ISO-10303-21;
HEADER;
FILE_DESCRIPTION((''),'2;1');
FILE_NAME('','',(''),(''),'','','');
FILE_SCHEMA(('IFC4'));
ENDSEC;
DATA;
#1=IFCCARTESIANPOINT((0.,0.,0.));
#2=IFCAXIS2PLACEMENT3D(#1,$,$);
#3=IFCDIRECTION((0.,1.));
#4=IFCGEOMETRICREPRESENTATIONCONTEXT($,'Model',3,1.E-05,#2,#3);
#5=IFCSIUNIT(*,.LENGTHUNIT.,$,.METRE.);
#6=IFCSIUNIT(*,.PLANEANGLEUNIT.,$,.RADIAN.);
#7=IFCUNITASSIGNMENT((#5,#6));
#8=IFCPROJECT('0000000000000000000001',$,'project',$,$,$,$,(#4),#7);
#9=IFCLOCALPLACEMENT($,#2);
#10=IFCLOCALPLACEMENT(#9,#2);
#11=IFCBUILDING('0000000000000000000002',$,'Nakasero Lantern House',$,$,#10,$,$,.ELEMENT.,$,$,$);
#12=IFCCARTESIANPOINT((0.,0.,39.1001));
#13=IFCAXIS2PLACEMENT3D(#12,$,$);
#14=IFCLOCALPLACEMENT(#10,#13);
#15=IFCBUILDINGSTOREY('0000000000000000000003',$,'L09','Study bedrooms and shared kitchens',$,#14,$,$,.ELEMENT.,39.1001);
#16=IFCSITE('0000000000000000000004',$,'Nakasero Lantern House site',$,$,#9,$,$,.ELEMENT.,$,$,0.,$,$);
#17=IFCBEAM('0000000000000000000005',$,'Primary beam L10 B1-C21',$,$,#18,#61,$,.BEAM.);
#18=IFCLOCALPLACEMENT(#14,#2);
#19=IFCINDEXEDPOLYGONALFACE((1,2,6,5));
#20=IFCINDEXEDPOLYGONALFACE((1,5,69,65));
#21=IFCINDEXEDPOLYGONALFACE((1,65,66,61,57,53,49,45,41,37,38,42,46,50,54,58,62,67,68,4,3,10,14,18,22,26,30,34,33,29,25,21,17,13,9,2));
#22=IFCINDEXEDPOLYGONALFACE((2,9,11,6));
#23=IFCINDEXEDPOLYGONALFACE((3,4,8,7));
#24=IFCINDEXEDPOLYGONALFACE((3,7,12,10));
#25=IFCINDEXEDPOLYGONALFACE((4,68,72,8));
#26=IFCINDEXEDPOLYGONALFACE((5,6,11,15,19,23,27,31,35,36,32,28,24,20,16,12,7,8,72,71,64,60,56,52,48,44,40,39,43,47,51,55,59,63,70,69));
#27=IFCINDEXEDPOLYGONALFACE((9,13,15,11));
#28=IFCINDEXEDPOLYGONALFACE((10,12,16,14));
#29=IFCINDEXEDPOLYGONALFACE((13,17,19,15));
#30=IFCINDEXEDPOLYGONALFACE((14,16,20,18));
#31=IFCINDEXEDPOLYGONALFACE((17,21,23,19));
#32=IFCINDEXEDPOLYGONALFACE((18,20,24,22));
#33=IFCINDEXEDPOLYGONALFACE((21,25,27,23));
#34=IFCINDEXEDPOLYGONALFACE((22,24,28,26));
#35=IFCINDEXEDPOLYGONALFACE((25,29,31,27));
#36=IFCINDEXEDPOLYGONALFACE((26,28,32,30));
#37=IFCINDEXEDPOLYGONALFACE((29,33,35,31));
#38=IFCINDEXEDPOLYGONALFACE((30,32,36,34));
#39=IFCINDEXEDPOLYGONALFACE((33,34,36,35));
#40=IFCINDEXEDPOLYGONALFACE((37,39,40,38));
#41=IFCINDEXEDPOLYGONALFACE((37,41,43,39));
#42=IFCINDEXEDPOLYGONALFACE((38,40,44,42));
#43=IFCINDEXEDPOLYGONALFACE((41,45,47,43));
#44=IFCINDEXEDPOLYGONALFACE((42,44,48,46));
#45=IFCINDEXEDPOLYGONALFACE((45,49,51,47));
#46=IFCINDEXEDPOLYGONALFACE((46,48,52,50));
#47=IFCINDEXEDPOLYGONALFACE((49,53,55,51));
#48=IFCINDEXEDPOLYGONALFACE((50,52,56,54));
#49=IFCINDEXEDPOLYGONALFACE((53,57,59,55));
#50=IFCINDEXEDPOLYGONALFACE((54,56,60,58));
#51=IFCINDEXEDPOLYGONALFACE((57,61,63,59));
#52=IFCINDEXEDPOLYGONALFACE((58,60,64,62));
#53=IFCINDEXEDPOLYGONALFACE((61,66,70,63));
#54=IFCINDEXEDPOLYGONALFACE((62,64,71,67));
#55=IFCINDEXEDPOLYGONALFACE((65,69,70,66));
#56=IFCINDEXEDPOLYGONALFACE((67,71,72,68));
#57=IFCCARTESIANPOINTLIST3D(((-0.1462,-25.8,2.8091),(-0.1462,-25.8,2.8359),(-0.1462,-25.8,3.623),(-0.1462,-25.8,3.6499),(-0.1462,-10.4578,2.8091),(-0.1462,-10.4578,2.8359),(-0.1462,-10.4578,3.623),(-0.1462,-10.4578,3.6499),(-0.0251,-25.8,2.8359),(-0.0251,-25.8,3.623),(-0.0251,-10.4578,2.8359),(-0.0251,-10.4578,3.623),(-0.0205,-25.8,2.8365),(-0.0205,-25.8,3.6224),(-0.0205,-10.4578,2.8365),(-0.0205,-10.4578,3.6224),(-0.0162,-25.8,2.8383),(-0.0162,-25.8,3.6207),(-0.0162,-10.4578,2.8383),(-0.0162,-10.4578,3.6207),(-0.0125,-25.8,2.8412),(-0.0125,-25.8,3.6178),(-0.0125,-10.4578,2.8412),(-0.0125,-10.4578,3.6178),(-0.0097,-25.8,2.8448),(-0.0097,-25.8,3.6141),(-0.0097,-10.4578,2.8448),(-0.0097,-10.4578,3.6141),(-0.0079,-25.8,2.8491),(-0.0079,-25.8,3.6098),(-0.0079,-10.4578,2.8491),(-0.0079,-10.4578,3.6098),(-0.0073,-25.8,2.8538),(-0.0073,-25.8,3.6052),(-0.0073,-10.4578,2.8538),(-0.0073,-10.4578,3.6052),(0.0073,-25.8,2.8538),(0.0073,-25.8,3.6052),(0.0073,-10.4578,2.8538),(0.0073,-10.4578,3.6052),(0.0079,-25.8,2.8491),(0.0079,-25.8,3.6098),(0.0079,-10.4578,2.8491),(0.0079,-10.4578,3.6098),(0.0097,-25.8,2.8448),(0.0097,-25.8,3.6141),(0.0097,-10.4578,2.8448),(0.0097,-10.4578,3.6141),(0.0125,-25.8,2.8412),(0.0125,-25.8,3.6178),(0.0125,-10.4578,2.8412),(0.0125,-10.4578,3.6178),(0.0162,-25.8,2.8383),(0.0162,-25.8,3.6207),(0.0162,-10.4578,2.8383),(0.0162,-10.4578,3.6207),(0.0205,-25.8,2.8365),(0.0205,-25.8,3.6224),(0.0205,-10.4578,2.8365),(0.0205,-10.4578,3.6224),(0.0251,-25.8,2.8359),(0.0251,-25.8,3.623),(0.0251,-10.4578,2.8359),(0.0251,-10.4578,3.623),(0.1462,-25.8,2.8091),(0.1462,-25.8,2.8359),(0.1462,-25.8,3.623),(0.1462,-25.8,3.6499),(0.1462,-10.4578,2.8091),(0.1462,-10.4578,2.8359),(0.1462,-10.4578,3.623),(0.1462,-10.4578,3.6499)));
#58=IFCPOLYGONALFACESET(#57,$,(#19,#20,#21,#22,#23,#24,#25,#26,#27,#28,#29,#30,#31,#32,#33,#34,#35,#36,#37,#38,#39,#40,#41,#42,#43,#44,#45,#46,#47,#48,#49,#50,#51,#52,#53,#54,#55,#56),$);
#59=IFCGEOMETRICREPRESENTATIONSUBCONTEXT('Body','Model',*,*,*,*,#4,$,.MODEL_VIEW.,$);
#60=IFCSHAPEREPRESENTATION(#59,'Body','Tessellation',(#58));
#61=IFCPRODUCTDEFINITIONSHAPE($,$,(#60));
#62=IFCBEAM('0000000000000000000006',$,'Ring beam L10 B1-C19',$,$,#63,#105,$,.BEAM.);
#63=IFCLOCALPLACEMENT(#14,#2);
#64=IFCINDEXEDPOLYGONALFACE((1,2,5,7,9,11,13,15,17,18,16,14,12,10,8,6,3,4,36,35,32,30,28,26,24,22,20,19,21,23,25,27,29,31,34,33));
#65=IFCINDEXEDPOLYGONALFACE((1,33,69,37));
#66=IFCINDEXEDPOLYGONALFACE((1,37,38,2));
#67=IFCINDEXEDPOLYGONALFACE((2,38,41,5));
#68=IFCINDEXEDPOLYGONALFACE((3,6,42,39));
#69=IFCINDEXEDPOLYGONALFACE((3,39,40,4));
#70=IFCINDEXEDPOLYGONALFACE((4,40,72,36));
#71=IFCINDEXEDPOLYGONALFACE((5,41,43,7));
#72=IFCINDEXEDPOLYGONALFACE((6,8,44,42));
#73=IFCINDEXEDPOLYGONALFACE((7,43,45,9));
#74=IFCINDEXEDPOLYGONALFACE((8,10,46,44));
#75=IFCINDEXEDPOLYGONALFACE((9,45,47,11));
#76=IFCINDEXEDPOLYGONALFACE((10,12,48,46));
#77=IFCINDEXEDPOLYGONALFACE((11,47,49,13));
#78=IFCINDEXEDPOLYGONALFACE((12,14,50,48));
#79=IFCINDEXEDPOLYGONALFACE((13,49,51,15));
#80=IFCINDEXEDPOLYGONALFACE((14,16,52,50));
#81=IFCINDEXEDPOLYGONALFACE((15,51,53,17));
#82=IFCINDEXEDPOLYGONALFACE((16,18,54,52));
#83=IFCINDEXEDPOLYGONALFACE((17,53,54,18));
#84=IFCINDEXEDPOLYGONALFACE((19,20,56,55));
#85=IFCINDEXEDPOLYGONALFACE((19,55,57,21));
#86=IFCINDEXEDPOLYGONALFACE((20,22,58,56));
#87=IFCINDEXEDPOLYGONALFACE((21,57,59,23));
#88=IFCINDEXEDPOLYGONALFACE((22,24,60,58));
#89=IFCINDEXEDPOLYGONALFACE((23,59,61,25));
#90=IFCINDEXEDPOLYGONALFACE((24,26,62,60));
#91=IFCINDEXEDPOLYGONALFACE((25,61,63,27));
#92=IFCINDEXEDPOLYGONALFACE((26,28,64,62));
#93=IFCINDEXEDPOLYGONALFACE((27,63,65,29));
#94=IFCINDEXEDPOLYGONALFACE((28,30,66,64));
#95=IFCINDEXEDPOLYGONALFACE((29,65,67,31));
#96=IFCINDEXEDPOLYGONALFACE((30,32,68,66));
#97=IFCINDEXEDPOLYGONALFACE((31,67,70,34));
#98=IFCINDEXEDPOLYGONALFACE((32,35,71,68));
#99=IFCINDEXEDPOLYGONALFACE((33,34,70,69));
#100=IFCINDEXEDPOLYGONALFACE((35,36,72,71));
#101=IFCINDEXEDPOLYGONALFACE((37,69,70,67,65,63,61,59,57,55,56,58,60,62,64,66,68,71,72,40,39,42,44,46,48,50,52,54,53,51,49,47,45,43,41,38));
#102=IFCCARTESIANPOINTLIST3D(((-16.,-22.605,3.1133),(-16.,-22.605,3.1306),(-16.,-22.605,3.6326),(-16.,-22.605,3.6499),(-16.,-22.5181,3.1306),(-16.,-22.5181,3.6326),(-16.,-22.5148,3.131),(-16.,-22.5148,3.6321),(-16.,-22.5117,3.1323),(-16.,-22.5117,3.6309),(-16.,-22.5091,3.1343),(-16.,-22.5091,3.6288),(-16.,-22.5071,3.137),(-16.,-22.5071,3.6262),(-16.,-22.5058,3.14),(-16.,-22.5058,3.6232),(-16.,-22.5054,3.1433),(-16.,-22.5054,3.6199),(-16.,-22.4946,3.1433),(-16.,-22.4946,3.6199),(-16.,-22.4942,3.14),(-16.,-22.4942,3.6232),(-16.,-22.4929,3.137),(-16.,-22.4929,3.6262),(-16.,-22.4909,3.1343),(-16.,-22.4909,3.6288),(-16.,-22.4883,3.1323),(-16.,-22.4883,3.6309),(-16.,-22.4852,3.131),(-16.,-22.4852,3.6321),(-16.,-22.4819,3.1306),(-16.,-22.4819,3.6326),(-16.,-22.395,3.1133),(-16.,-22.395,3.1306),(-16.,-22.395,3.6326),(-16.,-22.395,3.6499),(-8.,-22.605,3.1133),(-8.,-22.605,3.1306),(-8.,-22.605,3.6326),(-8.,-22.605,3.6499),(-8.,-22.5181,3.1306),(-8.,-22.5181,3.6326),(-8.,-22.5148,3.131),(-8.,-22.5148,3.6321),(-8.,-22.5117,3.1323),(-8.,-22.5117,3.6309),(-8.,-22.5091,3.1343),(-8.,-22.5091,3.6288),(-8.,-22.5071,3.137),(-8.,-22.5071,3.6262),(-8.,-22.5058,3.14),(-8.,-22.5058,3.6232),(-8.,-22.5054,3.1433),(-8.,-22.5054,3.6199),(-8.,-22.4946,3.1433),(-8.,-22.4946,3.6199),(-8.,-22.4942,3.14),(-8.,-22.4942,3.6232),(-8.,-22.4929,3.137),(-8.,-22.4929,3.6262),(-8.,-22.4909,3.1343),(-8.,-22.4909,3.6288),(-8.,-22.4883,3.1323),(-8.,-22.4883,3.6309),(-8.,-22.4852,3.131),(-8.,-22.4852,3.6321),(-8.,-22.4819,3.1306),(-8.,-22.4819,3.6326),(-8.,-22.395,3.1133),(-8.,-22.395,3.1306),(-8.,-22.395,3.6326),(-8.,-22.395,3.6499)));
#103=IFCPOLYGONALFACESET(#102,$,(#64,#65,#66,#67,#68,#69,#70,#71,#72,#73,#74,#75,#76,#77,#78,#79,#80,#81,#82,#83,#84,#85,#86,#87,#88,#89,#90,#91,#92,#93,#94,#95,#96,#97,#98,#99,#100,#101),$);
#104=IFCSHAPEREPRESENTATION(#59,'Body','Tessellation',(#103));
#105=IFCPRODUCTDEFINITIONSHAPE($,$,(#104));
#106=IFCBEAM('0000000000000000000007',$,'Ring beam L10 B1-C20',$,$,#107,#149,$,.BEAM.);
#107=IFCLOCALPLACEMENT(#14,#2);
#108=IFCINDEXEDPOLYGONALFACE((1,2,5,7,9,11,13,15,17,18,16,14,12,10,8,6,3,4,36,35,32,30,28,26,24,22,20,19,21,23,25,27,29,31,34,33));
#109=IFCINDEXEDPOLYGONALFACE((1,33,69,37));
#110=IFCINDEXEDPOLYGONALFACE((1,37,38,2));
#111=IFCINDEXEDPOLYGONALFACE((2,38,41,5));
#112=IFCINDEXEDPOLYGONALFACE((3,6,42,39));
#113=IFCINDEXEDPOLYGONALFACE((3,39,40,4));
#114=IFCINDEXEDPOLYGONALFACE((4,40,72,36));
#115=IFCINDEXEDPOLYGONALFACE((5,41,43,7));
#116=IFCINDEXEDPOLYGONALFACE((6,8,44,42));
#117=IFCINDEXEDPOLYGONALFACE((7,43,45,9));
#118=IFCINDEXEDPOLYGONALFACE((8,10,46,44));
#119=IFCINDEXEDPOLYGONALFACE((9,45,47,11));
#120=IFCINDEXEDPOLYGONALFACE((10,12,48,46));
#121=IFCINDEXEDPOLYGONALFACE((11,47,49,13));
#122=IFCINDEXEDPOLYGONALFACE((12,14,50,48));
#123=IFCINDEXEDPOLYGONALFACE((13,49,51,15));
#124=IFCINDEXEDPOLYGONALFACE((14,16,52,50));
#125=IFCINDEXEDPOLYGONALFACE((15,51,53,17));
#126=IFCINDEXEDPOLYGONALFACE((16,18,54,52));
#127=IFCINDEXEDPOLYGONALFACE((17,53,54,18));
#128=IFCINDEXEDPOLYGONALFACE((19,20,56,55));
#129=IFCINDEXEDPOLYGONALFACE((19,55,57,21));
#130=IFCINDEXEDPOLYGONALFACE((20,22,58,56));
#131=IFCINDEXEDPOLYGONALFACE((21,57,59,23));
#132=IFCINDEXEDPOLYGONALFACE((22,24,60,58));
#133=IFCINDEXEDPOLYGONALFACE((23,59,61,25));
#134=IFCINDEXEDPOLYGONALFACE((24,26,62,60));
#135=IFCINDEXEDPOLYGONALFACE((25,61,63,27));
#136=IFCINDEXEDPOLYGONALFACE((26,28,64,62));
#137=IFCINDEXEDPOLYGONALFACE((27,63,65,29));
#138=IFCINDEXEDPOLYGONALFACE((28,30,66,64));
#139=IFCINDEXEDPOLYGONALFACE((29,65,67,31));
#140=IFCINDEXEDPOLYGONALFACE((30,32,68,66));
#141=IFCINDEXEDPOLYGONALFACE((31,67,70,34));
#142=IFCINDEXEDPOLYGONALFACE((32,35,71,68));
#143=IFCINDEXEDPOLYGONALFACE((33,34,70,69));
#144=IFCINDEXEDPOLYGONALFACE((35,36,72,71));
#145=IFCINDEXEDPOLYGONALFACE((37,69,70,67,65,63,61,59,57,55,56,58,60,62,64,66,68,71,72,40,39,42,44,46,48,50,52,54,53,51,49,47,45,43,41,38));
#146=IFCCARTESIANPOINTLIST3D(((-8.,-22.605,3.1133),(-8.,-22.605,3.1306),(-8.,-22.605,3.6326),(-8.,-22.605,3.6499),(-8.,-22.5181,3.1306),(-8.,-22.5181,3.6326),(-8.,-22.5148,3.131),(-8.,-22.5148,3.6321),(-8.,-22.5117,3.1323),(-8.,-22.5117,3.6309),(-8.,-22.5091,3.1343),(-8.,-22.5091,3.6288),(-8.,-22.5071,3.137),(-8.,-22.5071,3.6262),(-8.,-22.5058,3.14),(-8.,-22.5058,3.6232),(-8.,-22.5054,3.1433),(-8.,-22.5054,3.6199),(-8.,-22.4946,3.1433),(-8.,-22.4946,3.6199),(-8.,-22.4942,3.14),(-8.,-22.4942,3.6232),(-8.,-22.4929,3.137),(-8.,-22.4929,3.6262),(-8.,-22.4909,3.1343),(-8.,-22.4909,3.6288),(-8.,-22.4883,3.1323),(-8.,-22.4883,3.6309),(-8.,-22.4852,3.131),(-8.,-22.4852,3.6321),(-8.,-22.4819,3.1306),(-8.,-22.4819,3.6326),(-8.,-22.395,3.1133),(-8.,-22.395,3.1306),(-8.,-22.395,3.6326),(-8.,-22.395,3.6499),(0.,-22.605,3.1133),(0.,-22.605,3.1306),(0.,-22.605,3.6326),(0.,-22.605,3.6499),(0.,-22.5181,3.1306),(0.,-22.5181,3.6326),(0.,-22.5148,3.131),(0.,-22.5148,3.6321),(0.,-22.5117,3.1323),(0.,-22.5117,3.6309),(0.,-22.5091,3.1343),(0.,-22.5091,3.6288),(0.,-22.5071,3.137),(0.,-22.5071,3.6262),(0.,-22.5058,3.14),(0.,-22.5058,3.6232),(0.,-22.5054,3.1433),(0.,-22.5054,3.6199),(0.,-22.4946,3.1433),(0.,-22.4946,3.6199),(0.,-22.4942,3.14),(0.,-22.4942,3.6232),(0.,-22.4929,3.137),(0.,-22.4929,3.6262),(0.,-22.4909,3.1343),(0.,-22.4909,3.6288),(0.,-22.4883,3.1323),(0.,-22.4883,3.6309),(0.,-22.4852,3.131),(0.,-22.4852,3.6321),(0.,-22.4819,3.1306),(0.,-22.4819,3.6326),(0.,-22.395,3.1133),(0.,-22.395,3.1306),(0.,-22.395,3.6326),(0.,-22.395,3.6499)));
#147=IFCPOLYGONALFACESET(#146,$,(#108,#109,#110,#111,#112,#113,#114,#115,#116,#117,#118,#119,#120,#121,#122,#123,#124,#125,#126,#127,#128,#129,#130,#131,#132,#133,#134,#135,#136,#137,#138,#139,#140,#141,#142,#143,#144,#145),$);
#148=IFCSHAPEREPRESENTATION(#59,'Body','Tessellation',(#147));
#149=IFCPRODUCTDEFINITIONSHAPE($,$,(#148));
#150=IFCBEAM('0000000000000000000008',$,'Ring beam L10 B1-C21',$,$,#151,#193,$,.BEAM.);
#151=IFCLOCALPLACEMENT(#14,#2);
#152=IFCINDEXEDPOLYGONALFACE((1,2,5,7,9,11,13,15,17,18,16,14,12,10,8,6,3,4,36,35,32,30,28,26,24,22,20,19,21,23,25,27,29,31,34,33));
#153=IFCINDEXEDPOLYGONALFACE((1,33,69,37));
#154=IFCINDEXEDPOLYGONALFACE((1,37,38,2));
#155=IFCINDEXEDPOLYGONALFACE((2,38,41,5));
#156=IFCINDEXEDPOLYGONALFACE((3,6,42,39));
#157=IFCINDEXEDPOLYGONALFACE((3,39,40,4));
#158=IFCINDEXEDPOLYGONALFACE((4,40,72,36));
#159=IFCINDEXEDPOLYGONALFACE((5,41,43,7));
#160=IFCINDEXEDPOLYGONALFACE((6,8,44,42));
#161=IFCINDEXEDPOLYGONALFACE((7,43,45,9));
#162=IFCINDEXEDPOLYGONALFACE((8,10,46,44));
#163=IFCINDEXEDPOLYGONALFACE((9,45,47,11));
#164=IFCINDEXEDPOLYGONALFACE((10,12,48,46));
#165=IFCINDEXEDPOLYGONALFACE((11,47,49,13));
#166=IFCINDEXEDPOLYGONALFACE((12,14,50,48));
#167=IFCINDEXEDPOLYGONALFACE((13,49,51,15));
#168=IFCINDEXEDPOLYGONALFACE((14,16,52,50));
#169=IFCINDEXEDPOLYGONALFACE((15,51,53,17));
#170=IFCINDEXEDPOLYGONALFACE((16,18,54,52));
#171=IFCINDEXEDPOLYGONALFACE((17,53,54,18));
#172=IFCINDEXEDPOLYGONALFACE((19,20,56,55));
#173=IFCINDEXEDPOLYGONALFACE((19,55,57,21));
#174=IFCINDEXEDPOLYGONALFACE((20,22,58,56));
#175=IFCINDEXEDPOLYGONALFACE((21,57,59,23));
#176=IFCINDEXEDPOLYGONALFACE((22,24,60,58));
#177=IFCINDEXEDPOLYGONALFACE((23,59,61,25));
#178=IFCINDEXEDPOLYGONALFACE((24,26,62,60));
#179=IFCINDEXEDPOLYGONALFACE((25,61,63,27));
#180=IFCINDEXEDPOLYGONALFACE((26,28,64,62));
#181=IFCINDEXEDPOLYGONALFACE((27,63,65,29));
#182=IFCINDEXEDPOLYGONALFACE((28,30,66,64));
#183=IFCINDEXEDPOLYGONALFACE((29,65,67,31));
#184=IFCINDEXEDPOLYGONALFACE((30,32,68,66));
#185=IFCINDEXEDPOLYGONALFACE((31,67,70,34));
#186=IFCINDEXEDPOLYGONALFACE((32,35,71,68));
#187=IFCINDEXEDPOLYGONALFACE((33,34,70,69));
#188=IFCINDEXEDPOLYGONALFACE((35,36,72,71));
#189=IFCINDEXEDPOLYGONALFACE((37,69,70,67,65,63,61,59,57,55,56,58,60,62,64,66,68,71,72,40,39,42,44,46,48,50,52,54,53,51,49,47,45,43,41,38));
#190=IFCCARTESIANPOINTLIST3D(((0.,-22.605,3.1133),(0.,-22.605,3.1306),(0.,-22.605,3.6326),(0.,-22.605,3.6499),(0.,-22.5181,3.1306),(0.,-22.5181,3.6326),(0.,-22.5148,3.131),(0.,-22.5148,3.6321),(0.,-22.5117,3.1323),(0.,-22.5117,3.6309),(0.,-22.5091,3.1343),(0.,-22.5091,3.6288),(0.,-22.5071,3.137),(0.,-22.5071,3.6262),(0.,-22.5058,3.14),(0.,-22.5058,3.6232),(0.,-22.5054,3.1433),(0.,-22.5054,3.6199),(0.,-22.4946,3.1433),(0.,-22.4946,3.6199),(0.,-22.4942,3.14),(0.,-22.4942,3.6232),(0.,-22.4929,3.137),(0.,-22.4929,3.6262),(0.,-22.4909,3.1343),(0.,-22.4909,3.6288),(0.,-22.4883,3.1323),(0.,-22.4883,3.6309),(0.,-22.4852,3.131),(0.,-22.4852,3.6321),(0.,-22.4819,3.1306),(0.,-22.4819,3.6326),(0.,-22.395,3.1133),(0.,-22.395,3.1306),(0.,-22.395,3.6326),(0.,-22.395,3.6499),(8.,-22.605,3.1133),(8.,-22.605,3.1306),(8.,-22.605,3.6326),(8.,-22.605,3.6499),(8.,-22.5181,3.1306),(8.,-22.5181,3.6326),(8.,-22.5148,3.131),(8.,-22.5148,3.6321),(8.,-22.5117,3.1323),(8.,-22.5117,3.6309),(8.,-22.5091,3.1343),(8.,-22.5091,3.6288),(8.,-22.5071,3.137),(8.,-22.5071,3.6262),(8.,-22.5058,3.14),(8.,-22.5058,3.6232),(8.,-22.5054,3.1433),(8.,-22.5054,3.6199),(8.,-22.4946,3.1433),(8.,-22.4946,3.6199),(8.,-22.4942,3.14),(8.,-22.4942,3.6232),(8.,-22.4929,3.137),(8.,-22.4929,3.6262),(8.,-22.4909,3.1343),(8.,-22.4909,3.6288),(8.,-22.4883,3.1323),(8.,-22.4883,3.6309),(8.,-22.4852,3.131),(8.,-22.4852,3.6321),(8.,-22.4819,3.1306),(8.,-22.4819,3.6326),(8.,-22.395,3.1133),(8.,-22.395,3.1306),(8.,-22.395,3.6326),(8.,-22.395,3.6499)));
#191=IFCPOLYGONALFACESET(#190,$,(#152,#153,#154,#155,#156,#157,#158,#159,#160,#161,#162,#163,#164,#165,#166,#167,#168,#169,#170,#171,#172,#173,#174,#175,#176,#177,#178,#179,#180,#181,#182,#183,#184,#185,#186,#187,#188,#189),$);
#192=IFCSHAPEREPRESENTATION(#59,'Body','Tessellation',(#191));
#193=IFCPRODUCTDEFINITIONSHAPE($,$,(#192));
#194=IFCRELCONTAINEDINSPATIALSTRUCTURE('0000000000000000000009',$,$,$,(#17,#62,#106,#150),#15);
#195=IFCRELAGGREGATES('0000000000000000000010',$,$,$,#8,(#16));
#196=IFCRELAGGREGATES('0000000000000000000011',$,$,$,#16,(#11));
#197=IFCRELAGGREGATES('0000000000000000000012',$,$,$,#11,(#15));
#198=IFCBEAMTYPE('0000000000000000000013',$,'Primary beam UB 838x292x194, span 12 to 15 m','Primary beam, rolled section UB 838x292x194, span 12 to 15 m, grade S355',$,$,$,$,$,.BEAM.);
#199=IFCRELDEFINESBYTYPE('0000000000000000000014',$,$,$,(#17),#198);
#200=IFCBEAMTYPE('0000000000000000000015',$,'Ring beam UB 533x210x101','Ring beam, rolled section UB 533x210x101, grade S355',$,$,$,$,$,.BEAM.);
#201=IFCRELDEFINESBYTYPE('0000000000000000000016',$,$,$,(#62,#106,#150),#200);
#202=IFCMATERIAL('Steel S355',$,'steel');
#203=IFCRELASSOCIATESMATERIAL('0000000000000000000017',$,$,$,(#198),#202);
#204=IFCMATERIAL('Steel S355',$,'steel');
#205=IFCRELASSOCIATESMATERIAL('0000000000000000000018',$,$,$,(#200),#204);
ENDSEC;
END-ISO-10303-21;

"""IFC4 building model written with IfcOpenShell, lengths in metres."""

from ifc_helpers import new_model, si_unit, direction, frame, origin, origin_2d, place, context, subcontext, project, spatial, i_section, extrude, material, material_profile, profile_set, type_object, element, save


model = new_model("IFC4")

# Units and contexts
model_context = context("Model", 3, precision=1e-05, world=origin(), true_north=direction((0.0, 1.0)))
body_context = subcontext(model_context, "Body", "Model", "MODEL_VIEW")
ifc_project = project(units=[si_unit("LENGTHUNIT", "METRE"), si_unit("PLANEANGLEUNIT", "RADIAN")], contexts=[model_context])

# Site, building, storey
site_placement = place(None, origin())
site = spatial("IfcSite", under=ifc_project, at=site_placement, Name="Nakasero Lantern House site", CompositionType="ELEMENT", RefElevation=0.0)
building_placement = place(site_placement, origin())
building = spatial("IfcBuilding", under=site, at=building_placement, Name="Nakasero Lantern House", CompositionType="ELEMENT")
storey_placement = place(building_placement, frame((0.0, 0.0, 39.1001)))
storey = spatial("IfcBuildingStorey", under=building, at=storey_placement, Name="L09", Description="Study bedrooms and shared kitchens", CompositionType="ELEMENT", Elevation=39.1001)

# Beams
ifc_material_1 = material(Name="Steel S355", Category="steel")
ifc_material_profile_1 = material_profile(ifc_material_1, i_section(OverallWidth=0.2925, OverallDepth=0.8408, WebThickness=0.0146, FlangeThickness=0.0269, FilletRadius=0.0178, at=origin_2d()), Name="UB 838x292x194")
ifc_profile_set_1 = profile_set([ifc_material_profile_1], Name="Steel S355")
beam_type_1 = type_object("IfcBeamType", Name="Primary beam UB 838x292x194, span 12 to 15 m", Description="Primary beam, rolled section UB 838x292x194, span 12 to 15 m, grade S355", PredefinedType="BEAM", material=ifc_profile_set_1)
beam_1_placement = place(storey_placement, frame((0.0, -25.8, 3.2295), z_axis=(0.0, 1.0, 0.0), x_axis=(-1.0, 0.0, 0.0)))
element("IfcBeam", 1, at=beam_1_placement, inside=storey, type_object=beam_type_1, Name="Primary beam L10 B1-C21", PredefinedType="BEAM", context=body_context, shape_type="SweptSolid", body=[
    extrude(i_section(OverallWidth=0.2925, OverallDepth=0.8408, WebThickness=0.0146, FlangeThickness=0.0269, FilletRadius=0.0178, at=origin_2d()), origin(), (0.0, 0.0, 1.0), 15.3423),
])
ifc_material_2 = material(Name="Steel S355", Category="steel")
ifc_material_profile_2 = material_profile(ifc_material_2, i_section(OverallWidth=0.21, OverallDepth=0.5366, WebThickness=0.0107, FlangeThickness=0.0173, FilletRadius=0.0127, at=origin_2d()), Name="UB 533x210x101")
ifc_profile_set_2 = profile_set([ifc_material_profile_2], Name="Steel S355")
beam_type_2 = type_object("IfcBeamType", Name="Ring beam UB 533x210x101", Description="Ring beam, rolled section UB 533x210x101, grade S355", PredefinedType="BEAM", material=ifc_profile_set_2)
for number, where, z_axis, x_axis, name in (
    (2, (-16.0, -22.5, 3.3816), (1.0, 0.0, 0.0), (0.0, 1.0, 0.0), "Ring beam L10 B1-C19"),
    (3, (-8.0, -22.5, 3.3816), (1.0, 0.0, 0.0), (0.0, 1.0, 0.0), "Ring beam L10 B1-C20"),
    (4, (0.0, -22.5, 3.3816), (1.0, 0.0, 0.0), (0.0, 1.0, 0.0), "Ring beam L10 B1-C21"),
):
    element("IfcBeam", number, at=place(storey_placement, frame(where, z_axis=z_axis, x_axis=x_axis)), inside=storey, type_object=beam_type_2, Name=name, PredefinedType="BEAM", context=body_context, shape_type="SweptSolid", body=[
        extrude(i_section(OverallWidth=0.21, OverallDepth=0.5366, WebThickness=0.0107, FlangeThickness=0.0173, FilletRadius=0.0127, at=origin_2d()), origin(), (0.0, 0.0, 1.0), 8.0),
    ])

save(model, "model.ifc")
